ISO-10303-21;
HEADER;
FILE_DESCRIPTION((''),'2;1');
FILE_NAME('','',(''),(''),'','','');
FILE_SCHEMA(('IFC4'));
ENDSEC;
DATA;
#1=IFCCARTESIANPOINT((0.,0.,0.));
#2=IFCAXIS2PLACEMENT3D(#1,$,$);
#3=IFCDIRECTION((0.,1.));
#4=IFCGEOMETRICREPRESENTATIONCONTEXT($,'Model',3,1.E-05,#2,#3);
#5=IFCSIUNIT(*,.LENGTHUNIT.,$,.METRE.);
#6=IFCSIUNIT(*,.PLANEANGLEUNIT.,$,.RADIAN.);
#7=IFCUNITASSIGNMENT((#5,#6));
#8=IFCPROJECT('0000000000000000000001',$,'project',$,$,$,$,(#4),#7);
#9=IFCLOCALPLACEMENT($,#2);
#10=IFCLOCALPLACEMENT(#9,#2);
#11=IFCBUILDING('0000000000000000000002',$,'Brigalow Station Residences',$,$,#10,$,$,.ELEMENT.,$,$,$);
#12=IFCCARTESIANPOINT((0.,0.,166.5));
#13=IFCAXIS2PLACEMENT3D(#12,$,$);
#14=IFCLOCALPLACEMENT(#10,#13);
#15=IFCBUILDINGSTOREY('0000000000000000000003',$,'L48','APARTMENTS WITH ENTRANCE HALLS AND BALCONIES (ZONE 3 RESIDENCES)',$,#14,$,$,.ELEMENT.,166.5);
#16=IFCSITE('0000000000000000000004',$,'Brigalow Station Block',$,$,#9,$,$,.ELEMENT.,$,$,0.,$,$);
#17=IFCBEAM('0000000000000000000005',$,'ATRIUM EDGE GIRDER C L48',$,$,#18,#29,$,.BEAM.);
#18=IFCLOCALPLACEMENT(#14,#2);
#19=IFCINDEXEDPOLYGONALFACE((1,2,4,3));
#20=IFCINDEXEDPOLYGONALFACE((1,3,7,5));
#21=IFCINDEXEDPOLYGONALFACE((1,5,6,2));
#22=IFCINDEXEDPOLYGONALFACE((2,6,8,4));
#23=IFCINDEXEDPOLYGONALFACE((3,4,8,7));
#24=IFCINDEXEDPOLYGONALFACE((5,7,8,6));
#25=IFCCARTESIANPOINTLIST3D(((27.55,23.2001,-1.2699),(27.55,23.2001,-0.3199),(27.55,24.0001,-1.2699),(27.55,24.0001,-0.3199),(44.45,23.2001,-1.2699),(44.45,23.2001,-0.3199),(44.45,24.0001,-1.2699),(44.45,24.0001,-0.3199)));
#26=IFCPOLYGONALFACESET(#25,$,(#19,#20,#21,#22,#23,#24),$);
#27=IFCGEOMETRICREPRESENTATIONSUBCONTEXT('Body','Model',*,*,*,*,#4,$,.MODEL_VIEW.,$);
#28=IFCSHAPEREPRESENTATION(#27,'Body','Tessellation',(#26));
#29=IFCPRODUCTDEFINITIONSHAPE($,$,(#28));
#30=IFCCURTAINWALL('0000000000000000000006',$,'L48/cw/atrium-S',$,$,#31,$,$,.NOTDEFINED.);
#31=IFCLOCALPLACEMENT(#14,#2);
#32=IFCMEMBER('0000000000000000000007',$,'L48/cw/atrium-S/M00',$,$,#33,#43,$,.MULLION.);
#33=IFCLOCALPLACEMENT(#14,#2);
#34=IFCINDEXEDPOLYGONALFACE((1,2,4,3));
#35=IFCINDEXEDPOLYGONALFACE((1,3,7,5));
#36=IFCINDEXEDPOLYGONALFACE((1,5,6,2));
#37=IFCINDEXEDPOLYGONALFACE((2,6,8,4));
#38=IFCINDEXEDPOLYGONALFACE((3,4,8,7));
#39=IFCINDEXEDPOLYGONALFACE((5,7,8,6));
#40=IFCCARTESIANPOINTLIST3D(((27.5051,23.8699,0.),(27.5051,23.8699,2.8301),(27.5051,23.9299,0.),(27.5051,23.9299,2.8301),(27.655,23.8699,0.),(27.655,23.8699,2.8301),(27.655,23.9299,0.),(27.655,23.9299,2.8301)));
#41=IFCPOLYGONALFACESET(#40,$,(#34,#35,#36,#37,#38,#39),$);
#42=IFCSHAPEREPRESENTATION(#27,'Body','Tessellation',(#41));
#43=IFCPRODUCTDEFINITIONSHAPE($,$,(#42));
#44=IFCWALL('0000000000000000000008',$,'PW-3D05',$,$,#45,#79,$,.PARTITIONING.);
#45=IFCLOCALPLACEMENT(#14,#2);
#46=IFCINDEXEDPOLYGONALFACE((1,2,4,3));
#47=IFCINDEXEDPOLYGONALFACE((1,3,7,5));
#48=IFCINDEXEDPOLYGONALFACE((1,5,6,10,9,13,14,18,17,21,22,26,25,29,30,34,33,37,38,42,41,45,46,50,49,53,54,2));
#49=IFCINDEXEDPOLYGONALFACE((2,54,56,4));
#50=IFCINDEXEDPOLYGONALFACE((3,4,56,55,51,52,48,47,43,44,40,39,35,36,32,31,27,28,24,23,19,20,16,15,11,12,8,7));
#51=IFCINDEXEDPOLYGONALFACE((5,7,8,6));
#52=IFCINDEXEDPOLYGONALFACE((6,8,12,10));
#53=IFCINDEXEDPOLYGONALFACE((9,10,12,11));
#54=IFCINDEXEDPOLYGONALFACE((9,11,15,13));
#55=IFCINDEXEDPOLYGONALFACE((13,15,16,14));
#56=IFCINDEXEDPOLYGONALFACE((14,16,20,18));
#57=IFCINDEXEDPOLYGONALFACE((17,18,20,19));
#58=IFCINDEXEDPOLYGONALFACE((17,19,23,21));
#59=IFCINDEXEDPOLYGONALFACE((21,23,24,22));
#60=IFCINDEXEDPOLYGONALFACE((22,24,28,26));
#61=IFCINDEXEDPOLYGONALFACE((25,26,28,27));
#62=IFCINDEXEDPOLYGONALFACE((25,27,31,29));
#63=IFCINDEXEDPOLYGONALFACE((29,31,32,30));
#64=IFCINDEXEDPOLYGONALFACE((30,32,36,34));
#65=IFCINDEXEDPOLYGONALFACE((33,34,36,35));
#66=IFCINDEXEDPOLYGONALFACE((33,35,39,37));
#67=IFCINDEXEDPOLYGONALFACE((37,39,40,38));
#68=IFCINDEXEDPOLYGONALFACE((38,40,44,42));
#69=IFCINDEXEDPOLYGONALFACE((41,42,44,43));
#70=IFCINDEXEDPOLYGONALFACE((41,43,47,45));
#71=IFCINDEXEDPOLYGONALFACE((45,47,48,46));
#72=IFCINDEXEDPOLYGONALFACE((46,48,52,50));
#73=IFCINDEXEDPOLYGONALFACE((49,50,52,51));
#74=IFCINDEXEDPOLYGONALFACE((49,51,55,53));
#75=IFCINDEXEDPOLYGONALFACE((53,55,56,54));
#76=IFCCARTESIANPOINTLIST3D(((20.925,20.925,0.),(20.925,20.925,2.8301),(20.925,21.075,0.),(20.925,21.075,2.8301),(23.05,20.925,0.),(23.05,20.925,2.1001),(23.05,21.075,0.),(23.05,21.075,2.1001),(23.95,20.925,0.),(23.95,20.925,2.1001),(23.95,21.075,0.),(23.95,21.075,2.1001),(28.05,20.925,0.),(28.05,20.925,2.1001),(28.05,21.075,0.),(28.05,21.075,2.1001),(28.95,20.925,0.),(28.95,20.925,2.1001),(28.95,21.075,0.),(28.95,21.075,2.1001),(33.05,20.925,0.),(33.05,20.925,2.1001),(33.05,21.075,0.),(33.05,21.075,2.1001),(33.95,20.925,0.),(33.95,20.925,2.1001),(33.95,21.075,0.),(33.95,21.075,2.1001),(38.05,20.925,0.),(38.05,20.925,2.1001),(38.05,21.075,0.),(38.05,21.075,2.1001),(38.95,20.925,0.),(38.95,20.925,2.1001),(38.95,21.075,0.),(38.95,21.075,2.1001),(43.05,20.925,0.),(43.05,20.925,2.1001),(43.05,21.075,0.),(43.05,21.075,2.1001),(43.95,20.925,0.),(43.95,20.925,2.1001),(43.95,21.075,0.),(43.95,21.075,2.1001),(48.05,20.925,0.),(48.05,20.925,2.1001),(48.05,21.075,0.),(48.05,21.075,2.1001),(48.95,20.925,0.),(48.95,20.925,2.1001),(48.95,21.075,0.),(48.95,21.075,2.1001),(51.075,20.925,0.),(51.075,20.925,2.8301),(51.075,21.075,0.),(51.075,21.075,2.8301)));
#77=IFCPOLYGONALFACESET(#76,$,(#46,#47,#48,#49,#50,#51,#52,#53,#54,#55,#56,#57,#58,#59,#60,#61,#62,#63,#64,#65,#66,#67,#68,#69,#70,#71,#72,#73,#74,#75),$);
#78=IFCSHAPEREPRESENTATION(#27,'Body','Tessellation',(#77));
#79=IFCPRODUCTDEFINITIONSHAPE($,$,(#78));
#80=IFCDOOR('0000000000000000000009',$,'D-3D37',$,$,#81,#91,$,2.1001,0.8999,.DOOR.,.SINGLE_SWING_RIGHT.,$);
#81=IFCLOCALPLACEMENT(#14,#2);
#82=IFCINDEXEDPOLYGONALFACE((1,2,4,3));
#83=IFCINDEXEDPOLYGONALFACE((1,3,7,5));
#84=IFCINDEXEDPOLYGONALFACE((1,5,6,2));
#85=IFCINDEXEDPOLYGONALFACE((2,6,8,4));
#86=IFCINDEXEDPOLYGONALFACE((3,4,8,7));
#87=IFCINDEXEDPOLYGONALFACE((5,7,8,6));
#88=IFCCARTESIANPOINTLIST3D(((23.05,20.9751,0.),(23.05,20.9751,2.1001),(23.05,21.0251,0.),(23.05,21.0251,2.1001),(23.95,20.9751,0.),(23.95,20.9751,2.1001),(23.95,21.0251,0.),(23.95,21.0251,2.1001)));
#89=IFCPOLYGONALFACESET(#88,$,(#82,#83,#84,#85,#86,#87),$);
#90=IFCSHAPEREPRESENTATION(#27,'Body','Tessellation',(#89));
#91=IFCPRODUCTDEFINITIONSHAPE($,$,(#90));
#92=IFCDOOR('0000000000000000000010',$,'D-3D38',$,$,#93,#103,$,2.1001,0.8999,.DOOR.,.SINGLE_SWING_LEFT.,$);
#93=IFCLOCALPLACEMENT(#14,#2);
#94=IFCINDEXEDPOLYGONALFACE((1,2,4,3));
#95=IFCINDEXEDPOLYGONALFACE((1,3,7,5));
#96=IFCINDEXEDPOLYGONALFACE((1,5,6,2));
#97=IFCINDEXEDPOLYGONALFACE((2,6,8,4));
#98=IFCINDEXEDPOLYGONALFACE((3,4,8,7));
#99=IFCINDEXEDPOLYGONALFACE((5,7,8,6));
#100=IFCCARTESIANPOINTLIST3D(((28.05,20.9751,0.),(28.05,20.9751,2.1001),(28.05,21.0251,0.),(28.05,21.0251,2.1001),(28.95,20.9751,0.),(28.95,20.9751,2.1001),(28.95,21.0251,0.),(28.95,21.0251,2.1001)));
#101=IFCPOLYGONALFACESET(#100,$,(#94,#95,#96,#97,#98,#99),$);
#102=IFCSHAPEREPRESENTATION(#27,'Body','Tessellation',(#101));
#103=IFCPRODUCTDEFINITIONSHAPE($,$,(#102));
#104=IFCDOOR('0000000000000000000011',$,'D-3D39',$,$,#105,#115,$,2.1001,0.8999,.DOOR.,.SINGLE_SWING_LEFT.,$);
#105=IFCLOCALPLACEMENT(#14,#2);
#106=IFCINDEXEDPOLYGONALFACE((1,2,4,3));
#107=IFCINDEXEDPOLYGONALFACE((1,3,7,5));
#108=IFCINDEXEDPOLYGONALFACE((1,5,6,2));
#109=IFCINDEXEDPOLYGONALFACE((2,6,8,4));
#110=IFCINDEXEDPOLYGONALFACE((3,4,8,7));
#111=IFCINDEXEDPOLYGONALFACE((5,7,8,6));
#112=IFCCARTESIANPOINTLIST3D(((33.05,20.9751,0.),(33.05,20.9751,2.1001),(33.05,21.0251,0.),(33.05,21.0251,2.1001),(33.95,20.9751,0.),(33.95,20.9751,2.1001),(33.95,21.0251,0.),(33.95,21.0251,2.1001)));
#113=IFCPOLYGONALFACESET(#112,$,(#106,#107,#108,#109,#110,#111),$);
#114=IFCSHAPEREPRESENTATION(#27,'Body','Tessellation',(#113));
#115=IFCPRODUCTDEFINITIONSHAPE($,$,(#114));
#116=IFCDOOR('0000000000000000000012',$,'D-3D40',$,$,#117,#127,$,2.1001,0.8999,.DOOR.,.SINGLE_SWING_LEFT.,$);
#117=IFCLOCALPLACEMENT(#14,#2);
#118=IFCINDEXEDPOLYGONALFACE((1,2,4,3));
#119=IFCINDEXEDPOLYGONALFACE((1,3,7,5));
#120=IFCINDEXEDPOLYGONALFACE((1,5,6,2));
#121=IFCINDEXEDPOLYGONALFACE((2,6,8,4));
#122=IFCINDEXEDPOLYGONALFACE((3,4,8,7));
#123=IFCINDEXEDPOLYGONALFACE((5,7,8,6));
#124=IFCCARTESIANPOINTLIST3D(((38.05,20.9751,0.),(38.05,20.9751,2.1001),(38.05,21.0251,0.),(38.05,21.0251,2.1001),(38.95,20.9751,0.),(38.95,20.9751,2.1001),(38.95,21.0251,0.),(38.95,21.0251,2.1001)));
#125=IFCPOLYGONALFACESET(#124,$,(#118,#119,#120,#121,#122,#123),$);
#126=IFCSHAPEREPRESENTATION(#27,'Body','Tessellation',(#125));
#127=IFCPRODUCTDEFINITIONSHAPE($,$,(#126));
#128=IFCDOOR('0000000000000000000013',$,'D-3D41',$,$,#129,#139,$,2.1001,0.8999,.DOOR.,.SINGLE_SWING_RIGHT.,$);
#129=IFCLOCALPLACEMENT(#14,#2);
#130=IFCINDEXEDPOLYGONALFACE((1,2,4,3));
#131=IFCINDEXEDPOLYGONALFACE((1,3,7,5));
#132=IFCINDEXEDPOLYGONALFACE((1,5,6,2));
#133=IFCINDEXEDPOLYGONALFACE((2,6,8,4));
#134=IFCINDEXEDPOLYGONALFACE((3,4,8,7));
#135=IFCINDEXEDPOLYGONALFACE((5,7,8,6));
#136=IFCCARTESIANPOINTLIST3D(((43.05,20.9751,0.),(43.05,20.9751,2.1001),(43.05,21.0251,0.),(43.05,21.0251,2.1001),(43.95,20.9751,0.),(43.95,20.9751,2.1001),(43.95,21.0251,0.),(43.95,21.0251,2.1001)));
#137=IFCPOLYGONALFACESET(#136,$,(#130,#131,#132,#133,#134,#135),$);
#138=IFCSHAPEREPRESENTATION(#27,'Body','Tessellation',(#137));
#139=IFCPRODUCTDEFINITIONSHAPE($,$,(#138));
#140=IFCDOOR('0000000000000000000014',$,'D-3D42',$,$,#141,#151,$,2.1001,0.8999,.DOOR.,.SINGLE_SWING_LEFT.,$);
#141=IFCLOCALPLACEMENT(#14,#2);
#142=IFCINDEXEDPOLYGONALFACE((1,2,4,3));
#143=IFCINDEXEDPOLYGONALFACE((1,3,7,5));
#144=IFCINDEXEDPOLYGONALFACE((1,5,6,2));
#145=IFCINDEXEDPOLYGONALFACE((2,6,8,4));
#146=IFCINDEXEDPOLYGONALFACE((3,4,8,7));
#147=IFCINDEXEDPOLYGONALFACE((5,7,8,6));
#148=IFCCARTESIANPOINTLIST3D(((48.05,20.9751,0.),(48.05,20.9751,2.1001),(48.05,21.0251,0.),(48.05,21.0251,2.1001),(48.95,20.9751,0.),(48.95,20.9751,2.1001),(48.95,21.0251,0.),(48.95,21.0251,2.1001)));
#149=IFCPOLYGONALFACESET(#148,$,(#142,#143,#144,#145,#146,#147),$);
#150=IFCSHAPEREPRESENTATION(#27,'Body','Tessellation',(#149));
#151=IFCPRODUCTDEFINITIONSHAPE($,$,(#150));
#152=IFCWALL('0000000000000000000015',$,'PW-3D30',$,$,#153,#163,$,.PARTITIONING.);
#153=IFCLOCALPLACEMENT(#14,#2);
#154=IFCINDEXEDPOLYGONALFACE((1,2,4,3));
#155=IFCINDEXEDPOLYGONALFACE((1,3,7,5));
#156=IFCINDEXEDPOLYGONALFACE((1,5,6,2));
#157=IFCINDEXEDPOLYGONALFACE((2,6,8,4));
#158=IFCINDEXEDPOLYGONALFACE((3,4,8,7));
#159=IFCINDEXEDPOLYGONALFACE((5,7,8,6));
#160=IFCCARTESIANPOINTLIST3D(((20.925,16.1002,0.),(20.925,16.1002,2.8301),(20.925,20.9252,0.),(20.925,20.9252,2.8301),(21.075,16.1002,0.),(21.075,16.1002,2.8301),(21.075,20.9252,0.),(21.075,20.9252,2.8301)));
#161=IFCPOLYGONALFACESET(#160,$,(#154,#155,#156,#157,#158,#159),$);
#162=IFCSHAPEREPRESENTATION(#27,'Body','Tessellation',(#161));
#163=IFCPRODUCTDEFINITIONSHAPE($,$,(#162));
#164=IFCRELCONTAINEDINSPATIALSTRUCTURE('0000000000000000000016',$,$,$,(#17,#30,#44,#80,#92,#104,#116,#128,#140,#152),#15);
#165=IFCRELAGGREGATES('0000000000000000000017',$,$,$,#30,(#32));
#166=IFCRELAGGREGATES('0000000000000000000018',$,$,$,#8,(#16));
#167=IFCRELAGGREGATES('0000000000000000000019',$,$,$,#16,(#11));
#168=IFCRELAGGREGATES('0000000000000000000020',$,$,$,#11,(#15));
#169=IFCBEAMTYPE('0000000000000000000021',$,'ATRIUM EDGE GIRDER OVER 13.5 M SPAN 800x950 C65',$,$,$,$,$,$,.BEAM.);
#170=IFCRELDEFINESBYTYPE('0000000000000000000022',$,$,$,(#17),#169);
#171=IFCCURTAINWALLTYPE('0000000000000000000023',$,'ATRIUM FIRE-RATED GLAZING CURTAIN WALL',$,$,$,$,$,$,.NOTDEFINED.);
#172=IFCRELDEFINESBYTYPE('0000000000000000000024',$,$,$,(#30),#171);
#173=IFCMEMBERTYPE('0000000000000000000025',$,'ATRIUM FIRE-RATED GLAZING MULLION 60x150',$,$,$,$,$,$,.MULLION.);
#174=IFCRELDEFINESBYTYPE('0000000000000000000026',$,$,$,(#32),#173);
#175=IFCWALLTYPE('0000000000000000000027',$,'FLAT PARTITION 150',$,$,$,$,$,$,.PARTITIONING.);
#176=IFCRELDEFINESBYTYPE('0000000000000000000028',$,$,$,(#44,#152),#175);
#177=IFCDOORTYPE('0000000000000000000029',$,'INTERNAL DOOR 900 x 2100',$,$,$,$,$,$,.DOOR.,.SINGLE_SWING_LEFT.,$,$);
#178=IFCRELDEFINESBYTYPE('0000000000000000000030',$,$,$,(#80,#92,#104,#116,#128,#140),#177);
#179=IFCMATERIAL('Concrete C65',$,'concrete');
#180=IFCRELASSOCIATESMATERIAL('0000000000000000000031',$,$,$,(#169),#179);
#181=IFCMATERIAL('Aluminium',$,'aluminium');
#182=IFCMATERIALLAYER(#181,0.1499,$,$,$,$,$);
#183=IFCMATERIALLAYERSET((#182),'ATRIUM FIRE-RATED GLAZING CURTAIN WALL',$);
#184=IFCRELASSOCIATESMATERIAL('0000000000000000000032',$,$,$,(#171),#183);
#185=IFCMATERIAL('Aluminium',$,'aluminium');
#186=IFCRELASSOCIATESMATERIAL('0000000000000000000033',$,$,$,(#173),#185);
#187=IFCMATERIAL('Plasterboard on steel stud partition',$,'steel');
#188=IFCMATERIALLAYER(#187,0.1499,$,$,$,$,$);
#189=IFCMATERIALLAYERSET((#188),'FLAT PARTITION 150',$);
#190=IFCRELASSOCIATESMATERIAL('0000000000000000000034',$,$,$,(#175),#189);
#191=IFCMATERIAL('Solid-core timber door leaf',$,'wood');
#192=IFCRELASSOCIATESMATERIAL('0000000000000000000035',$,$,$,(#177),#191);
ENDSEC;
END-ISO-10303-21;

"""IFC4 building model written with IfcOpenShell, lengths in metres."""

from ifc_helpers import new_model, si_unit, direction, frame, frame_2d, origin, origin_2d, place, context, subcontext, project, spatial, rectangle, extrude, material, layer, layer_set, material_profile, profile_set, type_object, element, fill, aggregate, save


model = new_model("IFC4")

# Units and contexts
model_context = context("Model", 3, precision=1e-05, world=origin(), true_north=direction((0.0, 1.0)))
body_context = subcontext(model_context, "Body", "Model", "MODEL_VIEW")
ifc_project = project(units=[si_unit("LENGTHUNIT", "METRE"), si_unit("PLANEANGLEUNIT", "RADIAN")], contexts=[model_context])

# Site, building, storey
site_placement = place(None, origin())
site = spatial("IfcSite", under=ifc_project, at=site_placement, Name="Brigalow Station Block", CompositionType="ELEMENT", RefElevation=0.0)
building_placement = place(site_placement, origin())
building = spatial("IfcBuilding", under=site, at=building_placement, Name="Brigalow Station Residences", CompositionType="ELEMENT")
storey_placement = place(building_placement, frame((0.0, 0.0, 166.5)))
storey = spatial("IfcBuildingStorey", under=building, at=storey_placement, Name="L48", Description="APARTMENTS WITH ENTRANCE HALLS AND BALCONIES (ZONE 3 RESIDENCES)", CompositionType="ELEMENT", Elevation=166.5)

# Beam
ifc_material_1 = material(Name="Concrete C65", Category="concrete")
ifc_material_profile_1 = material_profile(ifc_material_1, rectangle(XDim=0.8, YDim=0.95, at=origin_2d()), Name="RC800x950")
ifc_profile_set_1 = profile_set([ifc_material_profile_1], Name="Concrete C65")
beam_type = type_object("IfcBeamType", Name="ATRIUM EDGE GIRDER OVER 13.5 M SPAN 800x950 C65", PredefinedType="BEAM", material=ifc_profile_set_1)
beam_placement = place(storey_placement, frame((27.55, 23.6001, -0.7949), z_axis=(1.0, 0.0, 0.0), x_axis=(0.0, 1.0, 0.0)))
element("IfcBeam", 1, at=beam_placement, inside=storey, type_object=beam_type, Name="ATRIUM EDGE GIRDER C L48", PredefinedType="BEAM", context=body_context, shape_type="SweptSolid", body=[
    extrude(rectangle(XDim=0.8, YDim=0.95, at=origin_2d()), origin(), (0.0, 0.0, 1.0), 16.8999),
])

# Curtain wall, member
ifc_material_2 = material(Name="Aluminium", Category="aluminium")
ifc_layer_1 = layer(ifc_material_2, 0.1499)
ifc_layer_set_1 = layer_set([ifc_layer_1], Name="ATRIUM FIRE-RATED GLAZING CURTAIN WALL")
curtain_wall_type = type_object("IfcCurtainWallType", Name="ATRIUM FIRE-RATED GLAZING CURTAIN WALL", PredefinedType="NOTDEFINED", material=ifc_layer_set_1)
curtain_wall_placement = place(storey_placement, origin())
curtain_wall = element("IfcCurtainWall", 2, at=curtain_wall_placement, inside=storey, type_object=curtain_wall_type, Name="L48/cw/atrium-S", PredefinedType="NOTDEFINED")
ifc_material_3 = material(Name="Aluminium", Category="aluminium")
ifc_material_profile_2 = material_profile(ifc_material_3, rectangle(XDim=0.0601, YDim=0.1499, at=origin_2d()), Name="ATRIUM FIRE-RATED GLAZING MULLION 60x150")
ifc_profile_set_2 = profile_set([ifc_material_profile_2], Name="Aluminium")
member_type = type_object("IfcMemberType", Name="ATRIUM FIRE-RATED GLAZING MULLION 60x150", PredefinedType="MULLION", material=ifc_profile_set_2)
member_placement = place(storey_placement, frame((27.5801, 23.8999, 0.0), z_axis=(0.0, 0.0, 1.0), x_axis=(0.0, 1.0, 0.0)))
member = element("IfcMember", 3, at=member_placement, type_object=member_type, Name="L48/cw/atrium-S/M00", PredefinedType="MULLION", context=body_context, shape_type="SweptSolid", body=[
    extrude(rectangle(XDim=0.0601, YDim=0.1499, at=origin_2d()), origin(), (0.0, 0.0, 1.0), 2.8301),
])
aggregate(curtain_wall, [member])

# Wall, openings, doors
ifc_material_4 = material(Name="Plasterboard on steel stud partition", Category="steel")
ifc_layer_2 = layer(ifc_material_4, 0.1499)
ifc_layer_set_2 = layer_set([ifc_layer_2], Name="FLAT PARTITION 150")
wall_type = type_object("IfcWallType", Name="FLAT PARTITION 150", PredefinedType="PARTITIONING", material=ifc_layer_set_2)
wall_placement = place(storey_placement, frame((20.925, 21.0, 0.0), z_axis=(0.0, 0.0, 1.0), x_axis=(1.0, 0.0, 0.0)))
wall = element("IfcWall", 4, at=wall_placement, inside=storey, type_object=wall_type, Name="PW-3D05", PredefinedType="PARTITIONING", context=body_context, shape_type="SweptSolid", body=[
    extrude(rectangle(XDim=30.1499, YDim=0.1499, at=frame_2d((15.075, 0.0))), origin(), (0.0, 0.0, 1.0), 2.8301),
])
opening_1_placement = place(wall_placement, frame((2.125, 0.0, 0.0)))
opening_1 = element("IfcOpeningElement", 5, at=opening_1_placement, cuts=wall, PredefinedType="OPENING", context=body_context, shape_type="SweptSolid", body=[
    extrude(rectangle(XDim=0.8999, YDim=2.1001, at=frame_2d((0.45, 1.05))), frame((0.0, 0.085, 0.0), z_axis=(0.0, -1.0, 0.0), x_axis=(1.0, 0.0, 0.0)), (0.0, 0.0, 1.0), 0.1699),
])
opening_2_placement = place(wall_placement, frame((7.125, 0.0, 0.0)))
opening_2 = element("IfcOpeningElement", 6, at=opening_2_placement, cuts=wall, PredefinedType="OPENING", context=body_context, shape_type="SweptSolid", body=[
    extrude(rectangle(XDim=0.8999, YDim=2.1001, at=frame_2d((0.45, 1.05))), frame((0.0, 0.085, 0.0), z_axis=(0.0, -1.0, 0.0), x_axis=(1.0, 0.0, 0.0)), (0.0, 0.0, 1.0), 0.1699),
])
opening_3_placement = place(wall_placement, frame((12.125, 0.0, 0.0)))
opening_3 = element("IfcOpeningElement", 7, at=opening_3_placement, cuts=wall, PredefinedType="OPENING", context=body_context, shape_type="SweptSolid", body=[
    extrude(rectangle(XDim=0.8999, YDim=2.1001, at=frame_2d((0.45, 1.05))), frame((0.0, 0.085, 0.0), z_axis=(0.0, -1.0, 0.0), x_axis=(1.0, 0.0, 0.0)), (0.0, 0.0, 1.0), 0.1699),
])
opening_4_placement = place(wall_placement, frame((17.125, 0.0, 0.0)))
opening_4 = element("IfcOpeningElement", 8, at=opening_4_placement, cuts=wall, PredefinedType="OPENING", context=body_context, shape_type="SweptSolid", body=[
    extrude(rectangle(XDim=0.8999, YDim=2.1001, at=frame_2d((0.45, 1.05))), frame((0.0, 0.085, 0.0), z_axis=(0.0, -1.0, 0.0), x_axis=(1.0, 0.0, 0.0)), (0.0, 0.0, 1.0), 0.1699),
])
opening_5_placement = place(wall_placement, frame((22.125, 0.0, 0.0)))
opening_5 = element("IfcOpeningElement", 9, at=opening_5_placement, cuts=wall, PredefinedType="OPENING", context=body_context, shape_type="SweptSolid", body=[
    extrude(rectangle(XDim=0.8999, YDim=2.1001, at=frame_2d((0.45, 1.05))), frame((0.0, 0.085, 0.0), z_axis=(0.0, -1.0, 0.0), x_axis=(1.0, 0.0, 0.0)), (0.0, 0.0, 1.0), 0.1699),
])
opening_6_placement = place(wall_placement, frame((27.125, 0.0, 0.0)))
opening_6 = element("IfcOpeningElement", 10, at=opening_6_placement, cuts=wall, PredefinedType="OPENING", context=body_context, shape_type="SweptSolid", body=[
    extrude(rectangle(XDim=0.8999, YDim=2.1001, at=frame_2d((0.45, 1.05))), frame((0.0, 0.085, 0.0), z_axis=(0.0, -1.0, 0.0), x_axis=(1.0, 0.0, 0.0)), (0.0, 0.0, 1.0), 0.1699),
])
ifc_material_5 = material(Name="Solid-core timber door leaf", Category="wood")
door_type = type_object("IfcDoorType", Name="INTERNAL DOOR 900 x 2100", OperationType="SINGLE_SWING_LEFT", PredefinedType="DOOR", material=ifc_material_5)
door_1_placement = place(opening_1_placement, frame((0.8999, 0.0, 0.0), z_axis=(0.0, 0.0, 1.0), x_axis=(-1.0, 0.0, 0.0)))
door_1 = element("IfcDoor", 11, at=door_1_placement, inside=storey, type_object=door_type, Name="D-3D37", OperationType="SINGLE_SWING_RIGHT", OverallHeight=2.1001, OverallWidth=0.8999, PredefinedType="DOOR", context=body_context, shape_type="SweptSolid", body=[
    extrude(rectangle(XDim=0.8999, YDim=2.1001, at=frame_2d((0.45, 1.05))), frame((0.0, 0.0249, 0.0), z_axis=(0.0, -1.0, 0.0), x_axis=(1.0, 0.0, 0.0)), (0.0, 0.0, 1.0), 0.05),
])
fill(opening_1, door_1)
door_2_placement = place(opening_2_placement, frame((0.8999, 0.0, 0.0), z_axis=(0.0, 0.0, 1.0), x_axis=(-1.0, 0.0, 0.0)))
door_2 = element("IfcDoor", 12, at=door_2_placement, inside=storey, type_object=door_type, Name="D-3D38", OperationType="SINGLE_SWING_LEFT", OverallHeight=2.1001, OverallWidth=0.8999, PredefinedType="DOOR", context=body_context, shape_type="SweptSolid", body=[
    extrude(rectangle(XDim=0.8999, YDim=2.1001, at=frame_2d((0.45, 1.05))), frame((0.0, 0.0249, 0.0), z_axis=(0.0, -1.0, 0.0), x_axis=(1.0, 0.0, 0.0)), (0.0, 0.0, 1.0), 0.05),
])
fill(opening_2, door_2)
door_3_placement = place(opening_3_placement, frame((0.8999, 0.0, 0.0), z_axis=(0.0, 0.0, 1.0), x_axis=(-1.0, 0.0, 0.0)))
door_3 = element("IfcDoor", 13, at=door_3_placement, inside=storey, type_object=door_type, Name="D-3D39", OperationType="SINGLE_SWING_LEFT", OverallHeight=2.1001, OverallWidth=0.8999, PredefinedType="DOOR", context=body_context, shape_type="SweptSolid", body=[
    extrude(rectangle(XDim=0.8999, YDim=2.1001, at=frame_2d((0.45, 1.05))), frame((0.0, 0.0249, 0.0), z_axis=(0.0, -1.0, 0.0), x_axis=(1.0, 0.0, 0.0)), (0.0, 0.0, 1.0), 0.05),
])
fill(opening_3, door_3)
door_4_placement = place(opening_4_placement, frame((0.8999, 0.0, 0.0), z_axis=(0.0, 0.0, 1.0), x_axis=(-1.0, 0.0, 0.0)))
door_4 = element("IfcDoor", 14, at=door_4_placement, inside=storey, type_object=door_type, Name="D-3D40", OperationType="SINGLE_SWING_LEFT", OverallHeight=2.1001, OverallWidth=0.8999, PredefinedType="DOOR", context=body_context, shape_type="SweptSolid", body=[
    extrude(rectangle(XDim=0.8999, YDim=2.1001, at=frame_2d((0.45, 1.05))), frame((0.0, 0.0249, 0.0), z_axis=(0.0, -1.0, 0.0), x_axis=(1.0, 0.0, 0.0)), (0.0, 0.0, 1.0), 0.05),
])
fill(opening_4, door_4)
door_5_placement = place(opening_5_placement, frame((0.8999, 0.0, 0.0), z_axis=(0.0, 0.0, 1.0), x_axis=(-1.0, 0.0, 0.0)))
door_5 = element("IfcDoor", 15, at=door_5_placement, inside=storey, type_object=door_type, Name="D-3D41", OperationType="SINGLE_SWING_RIGHT", OverallHeight=2.1001, OverallWidth=0.8999, PredefinedType="DOOR", context=body_context, shape_type="SweptSolid", body=[
    extrude(rectangle(XDim=0.8999, YDim=2.1001, at=frame_2d((0.45, 1.05))), frame((0.0, 0.0249, 0.0), z_axis=(0.0, -1.0, 0.0), x_axis=(1.0, 0.0, 0.0)), (0.0, 0.0, 1.0), 0.05),
])
fill(opening_5, door_5)
door_6_placement = place(opening_6_placement, frame((0.8999, 0.0, 0.0), z_axis=(0.0, 0.0, 1.0), x_axis=(-1.0, 0.0, 0.0)))
door_6 = element("IfcDoor", 16, at=door_6_placement, inside=storey, type_object=door_type, Name="D-3D42", OperationType="SINGLE_SWING_LEFT", OverallHeight=2.1001, OverallWidth=0.8999, PredefinedType="DOOR", context=body_context, shape_type="SweptSolid", body=[
    extrude(rectangle(XDim=0.8999, YDim=2.1001, at=frame_2d((0.45, 1.05))), frame((0.0, 0.0249, 0.0), z_axis=(0.0, -1.0, 0.0), x_axis=(1.0, 0.0, 0.0)), (0.0, 0.0, 1.0), 0.05),
])
fill(opening_6, door_6)

# Wall
for number, where, z_axis, x_axis, name in (
    (17, (21.0, 16.1001, 0.0), (0.0, 0.0, 1.0), (0.0, 1.0, 0.0), "PW-3D30"),
):
    element("IfcWall", number, at=place(storey_placement, frame(where, z_axis=z_axis, x_axis=x_axis)), inside=storey, type_object=wall_type, Name=name, PredefinedType="PARTITIONING", context=body_context, shape_type="SweptSolid", body=[
        extrude(rectangle(XDim=4.825, YDim=0.1499, at=frame_2d((2.4126, 0.0))), origin(), (0.0, 0.0, 1.0), 2.8301),
    ])

save(model, "model.ifc")
